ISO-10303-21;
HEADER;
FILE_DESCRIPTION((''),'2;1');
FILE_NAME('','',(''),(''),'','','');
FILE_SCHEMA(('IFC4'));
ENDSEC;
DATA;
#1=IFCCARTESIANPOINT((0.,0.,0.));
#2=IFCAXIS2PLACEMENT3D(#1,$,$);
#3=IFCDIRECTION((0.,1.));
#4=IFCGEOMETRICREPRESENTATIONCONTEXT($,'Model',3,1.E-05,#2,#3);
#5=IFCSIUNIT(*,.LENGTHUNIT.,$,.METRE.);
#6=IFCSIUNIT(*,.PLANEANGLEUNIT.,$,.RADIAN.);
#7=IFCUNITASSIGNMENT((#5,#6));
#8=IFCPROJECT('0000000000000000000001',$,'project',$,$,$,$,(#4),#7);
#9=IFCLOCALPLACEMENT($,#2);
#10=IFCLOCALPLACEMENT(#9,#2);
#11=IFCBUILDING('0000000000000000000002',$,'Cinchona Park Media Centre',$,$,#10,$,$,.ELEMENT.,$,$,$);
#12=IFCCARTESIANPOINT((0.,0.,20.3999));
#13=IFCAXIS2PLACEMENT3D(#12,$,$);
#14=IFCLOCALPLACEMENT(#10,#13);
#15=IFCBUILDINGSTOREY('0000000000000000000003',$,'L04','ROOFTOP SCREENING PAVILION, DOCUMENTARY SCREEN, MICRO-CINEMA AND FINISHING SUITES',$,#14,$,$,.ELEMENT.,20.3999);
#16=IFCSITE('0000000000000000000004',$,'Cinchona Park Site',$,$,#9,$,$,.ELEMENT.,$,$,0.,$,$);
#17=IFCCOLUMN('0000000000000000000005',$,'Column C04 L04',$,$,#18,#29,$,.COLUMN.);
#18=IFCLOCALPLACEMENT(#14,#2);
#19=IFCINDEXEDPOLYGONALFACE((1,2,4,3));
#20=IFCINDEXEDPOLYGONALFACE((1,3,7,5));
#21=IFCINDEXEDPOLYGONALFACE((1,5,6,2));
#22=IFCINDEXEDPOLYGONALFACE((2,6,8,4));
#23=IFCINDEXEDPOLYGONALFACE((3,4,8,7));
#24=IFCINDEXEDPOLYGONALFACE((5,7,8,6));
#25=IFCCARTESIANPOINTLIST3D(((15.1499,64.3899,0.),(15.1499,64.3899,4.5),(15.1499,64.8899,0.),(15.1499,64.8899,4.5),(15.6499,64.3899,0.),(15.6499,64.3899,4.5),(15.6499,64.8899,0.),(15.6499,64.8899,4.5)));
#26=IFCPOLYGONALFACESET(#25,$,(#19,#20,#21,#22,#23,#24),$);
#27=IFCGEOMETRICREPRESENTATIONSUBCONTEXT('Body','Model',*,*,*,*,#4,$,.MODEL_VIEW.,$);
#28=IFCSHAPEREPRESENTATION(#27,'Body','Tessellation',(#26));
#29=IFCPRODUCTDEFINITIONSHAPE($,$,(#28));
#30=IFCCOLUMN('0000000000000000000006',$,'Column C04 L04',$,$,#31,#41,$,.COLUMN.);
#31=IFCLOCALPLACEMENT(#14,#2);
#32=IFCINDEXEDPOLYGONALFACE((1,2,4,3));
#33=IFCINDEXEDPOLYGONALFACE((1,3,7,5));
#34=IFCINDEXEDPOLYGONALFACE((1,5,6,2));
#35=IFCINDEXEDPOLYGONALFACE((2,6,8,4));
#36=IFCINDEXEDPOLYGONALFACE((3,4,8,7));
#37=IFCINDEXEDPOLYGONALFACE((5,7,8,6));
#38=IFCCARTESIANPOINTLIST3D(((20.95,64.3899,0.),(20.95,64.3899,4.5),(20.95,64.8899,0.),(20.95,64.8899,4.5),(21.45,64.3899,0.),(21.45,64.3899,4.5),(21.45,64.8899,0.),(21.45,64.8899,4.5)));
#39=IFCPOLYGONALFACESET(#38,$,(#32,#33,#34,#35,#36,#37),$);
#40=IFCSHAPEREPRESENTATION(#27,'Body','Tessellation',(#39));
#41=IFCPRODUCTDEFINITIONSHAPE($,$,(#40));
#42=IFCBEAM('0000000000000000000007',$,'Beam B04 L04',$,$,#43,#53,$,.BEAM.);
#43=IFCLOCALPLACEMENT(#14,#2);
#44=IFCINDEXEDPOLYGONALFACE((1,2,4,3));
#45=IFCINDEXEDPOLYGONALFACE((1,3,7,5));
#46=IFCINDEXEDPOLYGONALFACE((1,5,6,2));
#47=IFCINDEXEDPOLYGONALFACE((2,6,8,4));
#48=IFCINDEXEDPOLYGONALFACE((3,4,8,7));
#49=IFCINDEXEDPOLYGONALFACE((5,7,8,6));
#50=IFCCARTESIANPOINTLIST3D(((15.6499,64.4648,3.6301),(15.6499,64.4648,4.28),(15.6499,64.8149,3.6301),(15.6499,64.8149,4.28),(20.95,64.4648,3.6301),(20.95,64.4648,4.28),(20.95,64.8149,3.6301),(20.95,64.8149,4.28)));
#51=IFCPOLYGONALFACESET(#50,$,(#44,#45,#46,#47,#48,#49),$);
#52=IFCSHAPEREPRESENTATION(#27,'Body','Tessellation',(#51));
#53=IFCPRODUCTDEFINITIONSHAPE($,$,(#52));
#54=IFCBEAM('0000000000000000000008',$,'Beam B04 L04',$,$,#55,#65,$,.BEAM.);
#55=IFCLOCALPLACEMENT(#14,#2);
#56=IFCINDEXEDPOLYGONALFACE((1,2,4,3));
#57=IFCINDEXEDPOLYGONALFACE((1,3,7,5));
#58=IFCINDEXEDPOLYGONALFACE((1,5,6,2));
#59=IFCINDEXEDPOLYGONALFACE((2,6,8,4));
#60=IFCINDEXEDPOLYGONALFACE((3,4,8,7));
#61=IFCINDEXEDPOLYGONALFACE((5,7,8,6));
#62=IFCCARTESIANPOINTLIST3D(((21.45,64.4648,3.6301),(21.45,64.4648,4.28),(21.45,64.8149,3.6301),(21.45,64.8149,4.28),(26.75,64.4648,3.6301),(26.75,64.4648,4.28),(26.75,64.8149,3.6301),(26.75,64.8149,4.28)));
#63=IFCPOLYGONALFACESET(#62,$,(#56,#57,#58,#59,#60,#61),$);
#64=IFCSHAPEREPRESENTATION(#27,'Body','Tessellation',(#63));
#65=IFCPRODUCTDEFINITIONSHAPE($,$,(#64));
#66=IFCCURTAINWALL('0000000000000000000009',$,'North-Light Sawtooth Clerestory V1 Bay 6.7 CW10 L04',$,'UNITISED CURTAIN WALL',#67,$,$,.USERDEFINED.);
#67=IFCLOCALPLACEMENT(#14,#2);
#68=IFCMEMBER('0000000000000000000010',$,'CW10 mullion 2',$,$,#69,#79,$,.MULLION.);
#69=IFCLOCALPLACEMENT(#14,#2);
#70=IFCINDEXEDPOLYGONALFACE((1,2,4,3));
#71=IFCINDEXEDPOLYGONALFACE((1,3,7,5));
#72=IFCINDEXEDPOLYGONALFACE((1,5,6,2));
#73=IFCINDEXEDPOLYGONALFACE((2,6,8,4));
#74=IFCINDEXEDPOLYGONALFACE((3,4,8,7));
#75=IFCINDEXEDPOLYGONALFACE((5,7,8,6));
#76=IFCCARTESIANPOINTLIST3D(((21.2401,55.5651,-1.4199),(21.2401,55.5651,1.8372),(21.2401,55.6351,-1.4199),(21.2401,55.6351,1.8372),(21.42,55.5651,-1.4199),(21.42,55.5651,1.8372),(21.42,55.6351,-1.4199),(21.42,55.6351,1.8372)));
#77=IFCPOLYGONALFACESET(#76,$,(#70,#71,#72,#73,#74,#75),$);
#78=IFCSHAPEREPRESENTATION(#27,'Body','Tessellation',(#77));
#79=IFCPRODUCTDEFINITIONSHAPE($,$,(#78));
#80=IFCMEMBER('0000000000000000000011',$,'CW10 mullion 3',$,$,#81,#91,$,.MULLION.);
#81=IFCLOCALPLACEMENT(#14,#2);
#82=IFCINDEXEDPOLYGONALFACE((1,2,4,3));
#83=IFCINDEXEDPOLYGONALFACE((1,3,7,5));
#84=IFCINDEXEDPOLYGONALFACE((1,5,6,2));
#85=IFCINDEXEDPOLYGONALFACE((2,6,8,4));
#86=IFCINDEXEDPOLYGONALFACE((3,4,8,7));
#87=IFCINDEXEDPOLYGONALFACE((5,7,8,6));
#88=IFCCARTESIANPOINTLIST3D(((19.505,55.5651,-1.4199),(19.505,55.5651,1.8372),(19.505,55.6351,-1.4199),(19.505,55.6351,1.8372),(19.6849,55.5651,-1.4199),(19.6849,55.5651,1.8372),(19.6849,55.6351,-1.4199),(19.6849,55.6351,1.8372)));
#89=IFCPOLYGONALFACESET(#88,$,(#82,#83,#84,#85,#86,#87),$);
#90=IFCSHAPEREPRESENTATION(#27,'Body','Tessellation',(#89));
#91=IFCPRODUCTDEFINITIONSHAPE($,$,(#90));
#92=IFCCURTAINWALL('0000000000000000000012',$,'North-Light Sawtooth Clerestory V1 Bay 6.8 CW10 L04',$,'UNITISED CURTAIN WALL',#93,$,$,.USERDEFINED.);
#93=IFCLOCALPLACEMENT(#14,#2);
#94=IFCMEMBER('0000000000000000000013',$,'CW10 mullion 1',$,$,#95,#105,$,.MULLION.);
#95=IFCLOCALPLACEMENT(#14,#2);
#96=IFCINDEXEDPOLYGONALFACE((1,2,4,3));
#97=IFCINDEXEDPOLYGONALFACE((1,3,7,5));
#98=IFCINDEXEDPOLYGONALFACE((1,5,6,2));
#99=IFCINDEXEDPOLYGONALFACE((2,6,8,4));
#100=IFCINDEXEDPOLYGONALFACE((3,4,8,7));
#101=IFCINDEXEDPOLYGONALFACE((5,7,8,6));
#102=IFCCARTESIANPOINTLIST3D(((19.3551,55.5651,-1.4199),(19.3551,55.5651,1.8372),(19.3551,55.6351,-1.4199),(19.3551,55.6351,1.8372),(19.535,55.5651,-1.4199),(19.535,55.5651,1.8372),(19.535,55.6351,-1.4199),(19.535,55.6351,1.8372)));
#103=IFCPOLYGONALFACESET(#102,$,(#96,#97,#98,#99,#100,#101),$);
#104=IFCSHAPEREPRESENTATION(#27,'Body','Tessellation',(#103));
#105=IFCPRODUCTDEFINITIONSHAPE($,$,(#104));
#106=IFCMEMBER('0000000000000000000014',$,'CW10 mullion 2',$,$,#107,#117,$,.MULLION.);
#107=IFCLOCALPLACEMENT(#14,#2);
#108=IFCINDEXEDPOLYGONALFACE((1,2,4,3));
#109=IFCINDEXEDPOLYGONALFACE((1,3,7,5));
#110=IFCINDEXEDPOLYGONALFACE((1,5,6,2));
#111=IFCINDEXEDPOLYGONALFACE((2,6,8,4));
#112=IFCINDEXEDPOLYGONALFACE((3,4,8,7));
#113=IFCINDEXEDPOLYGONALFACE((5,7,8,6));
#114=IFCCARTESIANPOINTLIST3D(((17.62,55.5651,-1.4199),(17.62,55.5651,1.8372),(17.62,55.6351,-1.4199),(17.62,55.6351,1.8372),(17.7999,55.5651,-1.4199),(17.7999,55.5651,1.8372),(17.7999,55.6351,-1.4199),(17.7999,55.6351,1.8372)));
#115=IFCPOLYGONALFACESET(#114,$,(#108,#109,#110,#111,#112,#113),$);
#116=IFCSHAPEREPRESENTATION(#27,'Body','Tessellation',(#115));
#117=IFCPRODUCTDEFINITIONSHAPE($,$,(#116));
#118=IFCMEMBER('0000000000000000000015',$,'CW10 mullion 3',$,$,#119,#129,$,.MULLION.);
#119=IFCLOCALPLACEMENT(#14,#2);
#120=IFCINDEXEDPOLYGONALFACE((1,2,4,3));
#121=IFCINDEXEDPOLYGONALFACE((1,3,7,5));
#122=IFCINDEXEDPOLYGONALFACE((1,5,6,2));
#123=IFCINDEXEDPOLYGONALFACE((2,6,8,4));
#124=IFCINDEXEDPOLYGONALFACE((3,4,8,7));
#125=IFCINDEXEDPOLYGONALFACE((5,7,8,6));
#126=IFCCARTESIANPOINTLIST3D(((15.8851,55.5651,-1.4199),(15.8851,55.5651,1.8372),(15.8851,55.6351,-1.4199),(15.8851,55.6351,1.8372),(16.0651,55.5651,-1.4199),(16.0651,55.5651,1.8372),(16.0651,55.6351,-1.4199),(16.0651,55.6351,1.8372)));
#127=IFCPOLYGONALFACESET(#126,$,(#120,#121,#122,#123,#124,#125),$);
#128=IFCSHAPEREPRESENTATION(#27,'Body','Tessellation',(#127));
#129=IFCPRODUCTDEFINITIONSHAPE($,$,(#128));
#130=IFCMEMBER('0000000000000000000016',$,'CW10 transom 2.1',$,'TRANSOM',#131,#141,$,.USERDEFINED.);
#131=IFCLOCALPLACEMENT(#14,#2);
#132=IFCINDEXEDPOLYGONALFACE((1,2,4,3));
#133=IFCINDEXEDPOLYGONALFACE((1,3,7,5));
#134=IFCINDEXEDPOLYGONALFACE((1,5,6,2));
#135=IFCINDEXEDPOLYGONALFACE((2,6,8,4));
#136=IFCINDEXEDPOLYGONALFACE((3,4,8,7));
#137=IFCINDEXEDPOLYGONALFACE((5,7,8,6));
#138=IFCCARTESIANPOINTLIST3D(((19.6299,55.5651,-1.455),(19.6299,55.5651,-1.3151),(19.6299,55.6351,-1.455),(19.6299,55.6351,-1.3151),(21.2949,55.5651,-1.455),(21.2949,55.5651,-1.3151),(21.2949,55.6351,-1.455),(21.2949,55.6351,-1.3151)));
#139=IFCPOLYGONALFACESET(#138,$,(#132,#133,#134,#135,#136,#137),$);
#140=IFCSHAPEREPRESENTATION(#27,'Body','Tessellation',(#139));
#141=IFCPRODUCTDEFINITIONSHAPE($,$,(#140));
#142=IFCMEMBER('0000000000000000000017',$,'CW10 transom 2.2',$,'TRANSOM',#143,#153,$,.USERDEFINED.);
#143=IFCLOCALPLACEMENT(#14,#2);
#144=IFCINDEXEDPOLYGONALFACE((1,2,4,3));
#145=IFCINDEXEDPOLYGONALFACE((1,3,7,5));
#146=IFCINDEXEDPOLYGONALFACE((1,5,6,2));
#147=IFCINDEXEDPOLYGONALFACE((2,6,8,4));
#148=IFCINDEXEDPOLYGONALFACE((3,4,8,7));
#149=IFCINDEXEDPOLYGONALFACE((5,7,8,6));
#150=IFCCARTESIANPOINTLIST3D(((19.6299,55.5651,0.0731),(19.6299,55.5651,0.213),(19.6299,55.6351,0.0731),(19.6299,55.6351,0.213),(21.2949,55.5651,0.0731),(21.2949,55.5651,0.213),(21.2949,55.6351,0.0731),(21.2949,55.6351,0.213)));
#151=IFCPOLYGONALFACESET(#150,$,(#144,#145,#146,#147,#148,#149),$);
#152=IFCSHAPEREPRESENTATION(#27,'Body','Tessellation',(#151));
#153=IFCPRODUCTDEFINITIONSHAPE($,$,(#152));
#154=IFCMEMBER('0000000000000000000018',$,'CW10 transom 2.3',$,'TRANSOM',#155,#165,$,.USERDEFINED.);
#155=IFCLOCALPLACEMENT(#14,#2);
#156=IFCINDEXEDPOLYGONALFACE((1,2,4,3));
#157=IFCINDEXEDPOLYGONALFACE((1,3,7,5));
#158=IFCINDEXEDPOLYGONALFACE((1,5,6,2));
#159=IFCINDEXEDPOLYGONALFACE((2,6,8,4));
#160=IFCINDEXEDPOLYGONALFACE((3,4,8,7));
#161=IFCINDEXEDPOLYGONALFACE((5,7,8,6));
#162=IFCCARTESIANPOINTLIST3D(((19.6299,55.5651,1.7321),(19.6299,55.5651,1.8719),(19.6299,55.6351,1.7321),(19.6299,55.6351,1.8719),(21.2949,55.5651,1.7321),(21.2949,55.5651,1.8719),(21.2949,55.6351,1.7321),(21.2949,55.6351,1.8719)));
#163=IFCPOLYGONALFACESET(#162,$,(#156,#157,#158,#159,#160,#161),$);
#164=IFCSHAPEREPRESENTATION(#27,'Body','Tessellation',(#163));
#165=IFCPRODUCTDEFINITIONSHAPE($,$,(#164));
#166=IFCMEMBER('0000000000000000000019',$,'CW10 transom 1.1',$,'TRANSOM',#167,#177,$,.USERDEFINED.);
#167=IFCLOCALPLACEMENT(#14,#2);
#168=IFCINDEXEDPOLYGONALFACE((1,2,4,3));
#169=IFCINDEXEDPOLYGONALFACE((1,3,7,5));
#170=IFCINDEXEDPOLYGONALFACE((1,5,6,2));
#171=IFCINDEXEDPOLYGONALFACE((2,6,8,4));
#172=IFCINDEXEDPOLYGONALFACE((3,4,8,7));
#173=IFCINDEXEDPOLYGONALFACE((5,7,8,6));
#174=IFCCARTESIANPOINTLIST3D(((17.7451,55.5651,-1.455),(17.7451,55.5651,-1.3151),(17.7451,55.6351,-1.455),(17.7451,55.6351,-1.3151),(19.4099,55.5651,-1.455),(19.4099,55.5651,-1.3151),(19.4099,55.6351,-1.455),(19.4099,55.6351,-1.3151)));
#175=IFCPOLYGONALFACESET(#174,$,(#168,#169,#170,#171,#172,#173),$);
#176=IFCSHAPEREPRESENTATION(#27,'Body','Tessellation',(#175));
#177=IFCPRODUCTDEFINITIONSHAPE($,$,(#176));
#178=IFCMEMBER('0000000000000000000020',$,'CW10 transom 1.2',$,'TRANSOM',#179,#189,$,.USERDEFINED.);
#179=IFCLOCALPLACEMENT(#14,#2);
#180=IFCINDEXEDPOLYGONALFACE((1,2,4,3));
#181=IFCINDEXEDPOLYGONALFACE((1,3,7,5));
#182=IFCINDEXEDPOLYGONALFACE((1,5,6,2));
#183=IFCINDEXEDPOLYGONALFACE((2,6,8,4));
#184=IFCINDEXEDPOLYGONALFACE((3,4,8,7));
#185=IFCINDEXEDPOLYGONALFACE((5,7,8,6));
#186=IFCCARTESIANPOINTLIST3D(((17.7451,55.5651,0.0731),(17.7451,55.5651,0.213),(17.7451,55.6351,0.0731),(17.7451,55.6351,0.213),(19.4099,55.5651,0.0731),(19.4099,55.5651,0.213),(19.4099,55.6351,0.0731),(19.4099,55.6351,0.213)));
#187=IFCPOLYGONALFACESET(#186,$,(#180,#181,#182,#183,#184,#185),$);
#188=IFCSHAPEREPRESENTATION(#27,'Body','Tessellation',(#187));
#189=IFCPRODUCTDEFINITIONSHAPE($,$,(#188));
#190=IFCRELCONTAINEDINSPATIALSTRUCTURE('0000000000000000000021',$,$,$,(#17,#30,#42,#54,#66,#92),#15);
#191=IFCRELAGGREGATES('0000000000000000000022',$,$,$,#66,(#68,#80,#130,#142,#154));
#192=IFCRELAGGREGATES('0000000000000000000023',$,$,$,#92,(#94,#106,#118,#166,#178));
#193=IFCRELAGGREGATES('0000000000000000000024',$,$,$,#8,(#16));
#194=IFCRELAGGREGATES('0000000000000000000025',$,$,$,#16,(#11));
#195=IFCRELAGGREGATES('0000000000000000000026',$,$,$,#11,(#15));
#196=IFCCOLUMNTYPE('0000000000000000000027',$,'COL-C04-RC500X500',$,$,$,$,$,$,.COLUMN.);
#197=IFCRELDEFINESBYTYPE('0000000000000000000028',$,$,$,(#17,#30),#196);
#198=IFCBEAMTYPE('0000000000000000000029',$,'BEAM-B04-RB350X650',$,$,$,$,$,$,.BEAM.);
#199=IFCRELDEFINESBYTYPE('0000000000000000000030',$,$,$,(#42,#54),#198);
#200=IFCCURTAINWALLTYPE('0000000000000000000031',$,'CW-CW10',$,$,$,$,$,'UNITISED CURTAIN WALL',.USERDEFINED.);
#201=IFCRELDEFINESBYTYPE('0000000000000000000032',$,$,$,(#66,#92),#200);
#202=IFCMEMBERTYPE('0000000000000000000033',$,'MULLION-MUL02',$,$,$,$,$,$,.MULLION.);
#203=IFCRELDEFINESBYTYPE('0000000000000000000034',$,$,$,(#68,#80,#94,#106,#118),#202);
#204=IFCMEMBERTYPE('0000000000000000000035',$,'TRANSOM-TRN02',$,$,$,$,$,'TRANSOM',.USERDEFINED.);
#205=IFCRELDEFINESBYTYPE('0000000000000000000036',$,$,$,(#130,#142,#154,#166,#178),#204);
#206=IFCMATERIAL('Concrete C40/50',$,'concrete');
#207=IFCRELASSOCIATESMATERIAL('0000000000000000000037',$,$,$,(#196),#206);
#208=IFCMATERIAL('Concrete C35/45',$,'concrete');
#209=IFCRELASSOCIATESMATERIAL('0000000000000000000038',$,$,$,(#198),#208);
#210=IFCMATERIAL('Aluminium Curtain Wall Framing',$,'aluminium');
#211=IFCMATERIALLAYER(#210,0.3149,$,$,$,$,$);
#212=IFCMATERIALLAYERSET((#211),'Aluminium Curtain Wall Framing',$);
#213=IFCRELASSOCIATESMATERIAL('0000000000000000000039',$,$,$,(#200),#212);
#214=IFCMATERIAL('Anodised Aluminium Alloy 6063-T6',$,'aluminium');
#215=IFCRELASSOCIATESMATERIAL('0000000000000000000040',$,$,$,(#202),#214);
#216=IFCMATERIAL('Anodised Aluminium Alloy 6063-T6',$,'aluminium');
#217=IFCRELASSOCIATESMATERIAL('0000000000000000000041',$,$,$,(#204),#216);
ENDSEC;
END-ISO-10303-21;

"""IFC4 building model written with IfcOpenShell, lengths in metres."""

from ifc_helpers import new_model, si_unit, direction, frame, origin, origin_2d, place, context, subcontext, project, spatial, rectangle, extrude, material, layer, layer_set, material_profile, profile_set, type_object, element, aggregate, save


model = new_model("IFC4")

# Units and contexts
model_context = context("Model", 3, precision=1e-05, world=origin(), true_north=direction((0.0, 1.0)))
body_context = subcontext(model_context, "Body", "Model", "MODEL_VIEW")
ifc_project = project(units=[si_unit("LENGTHUNIT", "METRE"), si_unit("PLANEANGLEUNIT", "RADIAN")], contexts=[model_context])

# Site, building, storey
site_placement = place(None, origin())
site = spatial("IfcSite", under=ifc_project, at=site_placement, Name="Cinchona Park Site", CompositionType="ELEMENT", RefElevation=0.0)
building_placement = place(site_placement, origin())
building = spatial("IfcBuilding", under=site, at=building_placement, Name="Cinchona Park Media Centre", CompositionType="ELEMENT")
storey_placement = place(building_placement, frame((0.0, 0.0, 20.3999)))
storey = spatial("IfcBuildingStorey", under=building, at=storey_placement, Name="L04", Description="ROOFTOP SCREENING PAVILION, DOCUMENTARY SCREEN, MICRO-CINEMA AND FINISHING SUITES", CompositionType="ELEMENT", Elevation=20.3999)

# Columns
ifc_material_1 = material(Name="Concrete C40/50", Category="concrete")
ifc_material_profile_1 = material_profile(ifc_material_1, rectangle(XDim=0.5, YDim=0.5, at=origin_2d()), Name="RC 500X500")
ifc_profile_set_1 = profile_set([ifc_material_profile_1], Name="Concrete C40/50")
column_type = type_object("IfcColumnType", Name="COL-C04-RC500X500", PredefinedType="COLUMN", material=ifc_profile_set_1)
for number, where, z_axis, x_axis, name in (
    (1, (15.3999, 64.6399, 0.0), (0.0, 0.0, 1.0), (1.0, 0.0, 0.0), "Column C04 L04"),
    (2, (21.2, 64.6399, 0.0), (0.0, 0.0, 1.0), (1.0, 0.0, 0.0), "Column C04 L04"),
):
    element("IfcColumn", number, at=place(storey_placement, frame(where, z_axis=z_axis, x_axis=x_axis)), inside=storey, type_object=column_type, Name=name, PredefinedType="COLUMN", context=body_context, shape_type="SweptSolid", body=[
        extrude(rectangle(XDim=0.5, YDim=0.5, at=origin_2d()), origin(), (0.0, 0.0, 1.0), 4.5),
    ])

# Beams
ifc_material_2 = material(Name="Concrete C35/45", Category="concrete")
ifc_material_profile_2 = material_profile(ifc_material_2, rectangle(XDim=0.3501, YDim=0.6499, at=origin_2d()), Name="RB 350X650")
ifc_profile_set_2 = profile_set([ifc_material_profile_2], Name="Concrete C35/45")
beam_type = type_object("IfcBeamType", Name="BEAM-B04-RB350X650", PredefinedType="BEAM", material=ifc_profile_set_2)
for number, where, z_axis, x_axis, name in (
    (3, (15.6499, 64.6399, 3.9551), (1.0, 0.0, 0.0), (0.0, 1.0, 0.0), "Beam B04 L04"),
    (4, (21.45, 64.6399, 3.9551), (1.0, 0.0, 0.0), (0.0, 1.0, 0.0), "Beam B04 L04"),
):
    element("IfcBeam", number, at=place(storey_placement, frame(where, z_axis=z_axis, x_axis=x_axis)), inside=storey, type_object=beam_type, Name=name, PredefinedType="BEAM", context=body_context, shape_type="SweptSolid", body=[
        extrude(rectangle(XDim=0.3501, YDim=0.6499, at=origin_2d()), origin(), (0.0, 0.0, 1.0), 5.3),
    ])

# Curtain walls, members
ifc_material_3 = material(Name="Aluminium Curtain Wall Framing", Category="aluminium")
ifc_layer_1 = layer(ifc_material_3, 0.3149)
ifc_layer_set_1 = layer_set([ifc_layer_1], Name="Aluminium Curtain Wall Framing")
curtain_wall_type = type_object("IfcCurtainWallType", Name="CW-CW10", ElementType="UNITISED CURTAIN WALL", PredefinedType="USERDEFINED", material=ifc_layer_set_1)
curtain_wall_1_placement = place(storey_placement, origin())
curtain_wall_1 = element("IfcCurtainWall", 5, at=curtain_wall_1_placement, inside=storey, type_object=curtain_wall_type, Name="North-Light Sawtooth Clerestory V1 Bay 6.7 CW10 L04", ObjectType="UNITISED CURTAIN WALL", PredefinedType="USERDEFINED")
ifc_material_4 = material(Name="Anodised Aluminium Alloy 6063-T6", Category="aluminium")
ifc_material_profile_3 = material_profile(ifc_material_4, rectangle(XDim=0.0701, YDim=0.1799, at=origin_2d()), Name="MUL-70X180")
ifc_profile_set_3 = profile_set([ifc_material_profile_3], Name="Anodised Aluminium Alloy 6063-T6")
member_type_1 = type_object("IfcMemberType", Name="MULLION-MUL02", PredefinedType="MULLION", material=ifc_profile_set_3)
member_1_placement = place(storey_placement, frame((21.3301, 55.6001, -1.4199), z_axis=(0.0, 0.0, 1.0), x_axis=(0.0, -1.0, 0.0)))
member_1 = element("IfcMember", 6, at=member_1_placement, type_object=member_type_1, Name="CW10 mullion 2", PredefinedType="MULLION", context=body_context, shape_type="SweptSolid", body=[
    extrude(rectangle(XDim=0.0701, YDim=0.1799, at=origin_2d()), origin(), (0.0, 0.0, 1.0), 3.2571),
])
member_2_placement = place(storey_placement, frame((19.595, 55.6001, -1.4199), z_axis=(0.0, 0.0, 1.0), x_axis=(0.0, -1.0, 0.0)))
member_2 = element("IfcMember", 7, at=member_2_placement, type_object=member_type_1, Name="CW10 mullion 3", PredefinedType="MULLION", context=body_context, shape_type="SweptSolid", body=[
    extrude(rectangle(XDim=0.0701, YDim=0.1799, at=origin_2d()), origin(), (0.0, 0.0, 1.0), 3.2571),
])
curtain_wall_2_placement = place(storey_placement, origin())
curtain_wall_2 = element("IfcCurtainWall", 8, at=curtain_wall_2_placement, inside=storey, type_object=curtain_wall_type, Name="North-Light Sawtooth Clerestory V1 Bay 6.8 CW10 L04", ObjectType="UNITISED CURTAIN WALL", PredefinedType="USERDEFINED")
member_3_placement = place(storey_placement, frame((19.4451, 55.6001, -1.4199), z_axis=(0.0, 0.0, 1.0), x_axis=(0.0, -1.0, 0.0)))
member_3 = element("IfcMember", 9, at=member_3_placement, type_object=member_type_1, Name="CW10 mullion 1", PredefinedType="MULLION", context=body_context, shape_type="SweptSolid", body=[
    extrude(rectangle(XDim=0.0701, YDim=0.1799, at=origin_2d()), origin(), (0.0, 0.0, 1.0), 3.2571),
])
member_4_placement = place(storey_placement, frame((17.71, 55.6001, -1.4199), z_axis=(0.0, 0.0, 1.0), x_axis=(0.0, -1.0, 0.0)))
member_4 = element("IfcMember", 10, at=member_4_placement, type_object=member_type_1, Name="CW10 mullion 2", PredefinedType="MULLION", context=body_context, shape_type="SweptSolid", body=[
    extrude(rectangle(XDim=0.0701, YDim=0.1799, at=origin_2d()), origin(), (0.0, 0.0, 1.0), 3.2571),
])
member_5_placement = place(storey_placement, frame((15.9751, 55.6001, -1.4199), z_axis=(0.0, 0.0, 1.0), x_axis=(0.0, -1.0, 0.0)))
member_5 = element("IfcMember", 11, at=member_5_placement, type_object=member_type_1, Name="CW10 mullion 3", PredefinedType="MULLION", context=body_context, shape_type="SweptSolid", body=[
    extrude(rectangle(XDim=0.0701, YDim=0.1799, at=origin_2d()), origin(), (0.0, 0.0, 1.0), 3.2571),
])

# Members
ifc_material_5 = material(Name="Anodised Aluminium Alloy 6063-T6", Category="aluminium")
ifc_material_profile_4 = material_profile(ifc_material_5, rectangle(XDim=0.0701, YDim=0.1399, at=origin_2d()), Name="TRN-70X140")
ifc_profile_set_4 = profile_set([ifc_material_profile_4], Name="Anodised Aluminium Alloy 6063-T6")
member_type_2 = type_object("IfcMemberType", Name="TRANSOM-TRN02", ElementType="TRANSOM", PredefinedType="USERDEFINED", material=ifc_profile_set_4)
member_6_placement = place(storey_placement, frame((21.2949, 55.6001, -1.385), z_axis=(-1.0, 0.0, 0.0), x_axis=(0.0, -1.0, 0.0)))
member_6 = element("IfcMember", 12, at=member_6_placement, type_object=member_type_2, Name="CW10 transom 2.1", ObjectType="TRANSOM", PredefinedType="USERDEFINED", context=body_context, shape_type="SweptSolid", body=[
    extrude(rectangle(XDim=0.0701, YDim=0.1399, at=origin_2d()), origin(), (0.0, 0.0, 1.0), 1.665),
])
member_7_placement = place(storey_placement, frame((21.2949, 55.6001, 0.1431), z_axis=(-1.0, 0.0, 0.0), x_axis=(0.0, -1.0, 0.0)))
member_7 = element("IfcMember", 13, at=member_7_placement, type_object=member_type_2, Name="CW10 transom 2.2", ObjectType="TRANSOM", PredefinedType="USERDEFINED", context=body_context, shape_type="SweptSolid", body=[
    extrude(rectangle(XDim=0.0701, YDim=0.1399, at=origin_2d()), origin(), (0.0, 0.0, 1.0), 1.665),
])
member_8_placement = place(storey_placement, frame((21.2949, 55.6001, 1.802), z_axis=(-1.0, 0.0, 0.0), x_axis=(0.0, -1.0, 0.0)))
member_8 = element("IfcMember", 14, at=member_8_placement, type_object=member_type_2, Name="CW10 transom 2.3", ObjectType="TRANSOM", PredefinedType="USERDEFINED", context=body_context, shape_type="SweptSolid", body=[
    extrude(rectangle(XDim=0.0701, YDim=0.1399, at=origin_2d()), origin(), (0.0, 0.0, 1.0), 1.665),
])
member_9_placement = place(storey_placement, frame((19.4099, 55.6001, -1.385), z_axis=(-1.0, 0.0, 0.0), x_axis=(0.0, -1.0, 0.0)))
member_9 = element("IfcMember", 15, at=member_9_placement, type_object=member_type_2, Name="CW10 transom 1.1", ObjectType="TRANSOM", PredefinedType="USERDEFINED", context=body_context, shape_type="SweptSolid", body=[
    extrude(rectangle(XDim=0.0701, YDim=0.1399, at=origin_2d()), origin(), (0.0, 0.0, 1.0), 1.6648),
])
member_10_placement = place(storey_placement, frame((19.4099, 55.6001, 0.1431), z_axis=(-1.0, 0.0, 0.0), x_axis=(0.0, -1.0, 0.0)))
member_10 = element("IfcMember", 16, at=member_10_placement, type_object=member_type_2, Name="CW10 transom 1.2", ObjectType="TRANSOM", PredefinedType="USERDEFINED", context=body_context, shape_type="SweptSolid", body=[
    extrude(rectangle(XDim=0.0701, YDim=0.1399, at=origin_2d()), origin(), (0.0, 0.0, 1.0), 1.6648),
])

aggregate(curtain_wall_1, [member_1, member_2, member_6, member_7, member_8])
aggregate(curtain_wall_2, [member_3, member_4, member_5, member_9, member_10])

save(model, "model.ifc")
